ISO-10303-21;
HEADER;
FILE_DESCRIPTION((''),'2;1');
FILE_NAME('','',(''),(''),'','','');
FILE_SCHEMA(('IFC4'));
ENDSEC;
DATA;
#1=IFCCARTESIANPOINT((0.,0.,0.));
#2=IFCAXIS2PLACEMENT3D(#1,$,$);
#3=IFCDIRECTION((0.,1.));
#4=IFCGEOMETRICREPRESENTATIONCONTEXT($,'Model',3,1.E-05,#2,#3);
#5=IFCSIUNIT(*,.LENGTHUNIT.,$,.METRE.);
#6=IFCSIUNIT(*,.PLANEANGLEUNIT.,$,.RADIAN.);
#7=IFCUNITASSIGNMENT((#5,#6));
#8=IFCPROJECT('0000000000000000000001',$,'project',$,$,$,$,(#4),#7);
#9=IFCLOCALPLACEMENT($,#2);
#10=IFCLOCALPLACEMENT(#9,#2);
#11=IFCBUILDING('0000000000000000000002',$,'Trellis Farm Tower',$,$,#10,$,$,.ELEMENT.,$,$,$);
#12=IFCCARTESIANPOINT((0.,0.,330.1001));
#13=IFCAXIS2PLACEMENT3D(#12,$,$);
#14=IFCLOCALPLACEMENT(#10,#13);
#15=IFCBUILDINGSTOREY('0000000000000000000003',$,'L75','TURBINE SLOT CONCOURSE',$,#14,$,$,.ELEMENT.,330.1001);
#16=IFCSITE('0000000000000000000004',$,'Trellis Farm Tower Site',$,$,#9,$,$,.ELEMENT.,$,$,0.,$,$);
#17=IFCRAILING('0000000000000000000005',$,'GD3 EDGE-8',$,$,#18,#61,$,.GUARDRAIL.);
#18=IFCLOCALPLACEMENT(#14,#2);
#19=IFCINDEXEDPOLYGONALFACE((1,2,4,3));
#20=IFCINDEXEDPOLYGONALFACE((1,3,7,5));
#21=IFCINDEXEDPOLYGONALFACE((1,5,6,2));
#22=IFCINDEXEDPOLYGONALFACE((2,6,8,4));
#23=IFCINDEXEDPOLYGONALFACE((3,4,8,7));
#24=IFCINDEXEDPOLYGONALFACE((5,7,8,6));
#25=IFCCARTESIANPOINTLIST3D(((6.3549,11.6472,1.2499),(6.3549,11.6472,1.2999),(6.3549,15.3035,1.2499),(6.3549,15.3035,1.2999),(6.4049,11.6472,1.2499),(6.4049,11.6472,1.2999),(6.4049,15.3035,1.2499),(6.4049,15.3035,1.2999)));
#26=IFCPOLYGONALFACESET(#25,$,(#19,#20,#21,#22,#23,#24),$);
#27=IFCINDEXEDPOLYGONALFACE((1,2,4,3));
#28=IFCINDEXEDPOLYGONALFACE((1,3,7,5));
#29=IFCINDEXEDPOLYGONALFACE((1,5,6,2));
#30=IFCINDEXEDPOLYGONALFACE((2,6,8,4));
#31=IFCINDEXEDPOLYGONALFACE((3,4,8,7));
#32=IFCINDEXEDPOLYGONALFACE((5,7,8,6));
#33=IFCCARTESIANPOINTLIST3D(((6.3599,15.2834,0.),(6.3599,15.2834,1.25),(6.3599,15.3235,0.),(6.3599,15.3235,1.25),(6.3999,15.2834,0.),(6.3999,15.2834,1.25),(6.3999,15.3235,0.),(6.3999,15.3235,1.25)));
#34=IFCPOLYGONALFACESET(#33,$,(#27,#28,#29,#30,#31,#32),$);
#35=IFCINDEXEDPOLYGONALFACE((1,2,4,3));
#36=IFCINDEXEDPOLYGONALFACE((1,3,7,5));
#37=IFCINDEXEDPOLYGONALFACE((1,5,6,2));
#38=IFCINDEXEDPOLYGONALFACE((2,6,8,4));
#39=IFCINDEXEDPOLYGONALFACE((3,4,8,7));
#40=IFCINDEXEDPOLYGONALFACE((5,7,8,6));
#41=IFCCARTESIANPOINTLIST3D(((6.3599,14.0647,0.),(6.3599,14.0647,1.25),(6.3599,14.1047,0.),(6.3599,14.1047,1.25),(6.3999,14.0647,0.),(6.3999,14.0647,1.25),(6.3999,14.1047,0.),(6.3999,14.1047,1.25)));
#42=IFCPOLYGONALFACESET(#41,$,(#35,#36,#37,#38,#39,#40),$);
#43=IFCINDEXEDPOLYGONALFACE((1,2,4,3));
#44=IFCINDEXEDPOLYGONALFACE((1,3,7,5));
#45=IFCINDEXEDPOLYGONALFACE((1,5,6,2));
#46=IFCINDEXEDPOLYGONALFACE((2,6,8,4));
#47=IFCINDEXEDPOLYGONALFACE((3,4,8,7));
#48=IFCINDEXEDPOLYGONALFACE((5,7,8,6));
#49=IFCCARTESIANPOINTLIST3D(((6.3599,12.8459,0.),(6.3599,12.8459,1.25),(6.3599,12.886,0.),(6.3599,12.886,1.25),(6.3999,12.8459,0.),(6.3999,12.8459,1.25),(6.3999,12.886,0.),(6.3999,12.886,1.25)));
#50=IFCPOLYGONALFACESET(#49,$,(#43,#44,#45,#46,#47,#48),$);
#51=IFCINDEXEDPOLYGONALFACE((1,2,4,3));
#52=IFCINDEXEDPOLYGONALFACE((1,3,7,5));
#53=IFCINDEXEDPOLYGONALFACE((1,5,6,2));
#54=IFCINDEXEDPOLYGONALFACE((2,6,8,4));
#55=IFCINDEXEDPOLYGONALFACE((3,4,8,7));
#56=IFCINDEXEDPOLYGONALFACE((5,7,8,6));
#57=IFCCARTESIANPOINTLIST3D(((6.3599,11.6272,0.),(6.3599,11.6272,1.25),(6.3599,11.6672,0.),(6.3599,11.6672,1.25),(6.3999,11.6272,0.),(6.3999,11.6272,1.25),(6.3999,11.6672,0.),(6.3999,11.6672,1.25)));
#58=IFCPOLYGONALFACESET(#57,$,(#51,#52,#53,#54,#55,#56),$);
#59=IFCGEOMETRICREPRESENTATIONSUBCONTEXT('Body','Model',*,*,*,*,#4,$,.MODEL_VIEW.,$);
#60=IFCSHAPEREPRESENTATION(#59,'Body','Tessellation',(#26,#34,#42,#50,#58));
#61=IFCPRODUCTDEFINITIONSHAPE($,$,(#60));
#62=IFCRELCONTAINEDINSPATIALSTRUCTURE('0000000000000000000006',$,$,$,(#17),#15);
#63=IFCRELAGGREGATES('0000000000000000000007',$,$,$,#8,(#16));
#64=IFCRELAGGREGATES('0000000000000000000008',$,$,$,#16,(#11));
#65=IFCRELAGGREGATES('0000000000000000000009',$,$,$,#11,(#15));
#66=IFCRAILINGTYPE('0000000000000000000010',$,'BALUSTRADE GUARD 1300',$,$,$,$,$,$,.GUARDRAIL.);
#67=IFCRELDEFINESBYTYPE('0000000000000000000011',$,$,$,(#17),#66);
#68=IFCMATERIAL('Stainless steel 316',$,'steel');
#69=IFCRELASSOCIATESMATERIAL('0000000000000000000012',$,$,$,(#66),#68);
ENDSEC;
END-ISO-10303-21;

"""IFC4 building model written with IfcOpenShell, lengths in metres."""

from ifc_helpers import new_model, si_unit, direction, frame, origin, origin_2d, place, context, subcontext, project, spatial, rectangle, extrude, source, transform, mapped, material, type_object, element, save


model = new_model("IFC4")

# Units and contexts
model_context = context("Model", 3, precision=1e-05, world=origin(), true_north=direction((0.0, 1.0)))
body_context = subcontext(model_context, "Body", "Model", "MODEL_VIEW")
ifc_project = project(units=[si_unit("LENGTHUNIT", "METRE"), si_unit("PLANEANGLEUNIT", "RADIAN")], contexts=[model_context])

# Site, building, storey
site_placement = place(None, origin())
site = spatial("IfcSite", under=ifc_project, at=site_placement, Name="Trellis Farm Tower Site", CompositionType="ELEMENT", RefElevation=0.0)
building_placement = place(site_placement, origin())
building = spatial("IfcBuilding", under=site, at=building_placement, Name="Trellis Farm Tower", CompositionType="ELEMENT")
storey_placement = place(building_placement, frame((0.0, 0.0, 330.1001)))
storey = spatial("IfcBuildingStorey", under=building, at=storey_placement, Name="L75", Description="TURBINE SLOT CONCOURSE", CompositionType="ELEMENT", Elevation=330.1001)

# Railing
ifc_material_1 = material(Name="Stainless steel 316", Category="steel")
railing_type = type_object("IfcRailingType", Name="BALUSTRADE GUARD 1300", PredefinedType="GUARDRAIL", material=ifc_material_1)
shared_shape_1 = source(origin(), body_context, "Body", "SweptSolid", [
    extrude(rectangle(XDim=0.05, YDim=0.05, at=origin_2d()), frame((0.0, 0.0, 1.2749), z_axis=(0.0, -1.0, 0.0), x_axis=(1.0, 0.0, 0.0)), (0.0, 0.0, 1.0), 3.6562),
    extrude(rectangle(XDim=0.04, YDim=0.04, at=origin_2d()), origin(), (0.0, 0.0, 1.0), 1.25),
    extrude(rectangle(XDim=0.04, YDim=0.04, at=origin_2d()), frame((0.0, -1.2188, 0.0)), (0.0, 0.0, 1.0), 1.25),
    extrude(rectangle(XDim=0.04, YDim=0.04, at=origin_2d()), frame((0.0, -2.4375, 0.0)), (0.0, 0.0, 1.0), 1.25),
    extrude(rectangle(XDim=0.04, YDim=0.04, at=origin_2d()), frame((0.0, -3.6562, 0.0)), (0.0, 0.0, 1.0), 1.25),
])
railing_1_placement = place(storey_placement, frame((6.3799, 15.3035, 0.0)))
element("IfcRailing", 1, at=railing_1_placement, inside=storey, type_object=railing_type, Name="GD3 EDGE-8", PredefinedType="GUARDRAIL", context=body_context, shape_type="MappedRepresentation", body=[
    mapped(shared_shape_1, transform((0.0, 0.0, 0.0))),
])

save(model, "model.ifc")
